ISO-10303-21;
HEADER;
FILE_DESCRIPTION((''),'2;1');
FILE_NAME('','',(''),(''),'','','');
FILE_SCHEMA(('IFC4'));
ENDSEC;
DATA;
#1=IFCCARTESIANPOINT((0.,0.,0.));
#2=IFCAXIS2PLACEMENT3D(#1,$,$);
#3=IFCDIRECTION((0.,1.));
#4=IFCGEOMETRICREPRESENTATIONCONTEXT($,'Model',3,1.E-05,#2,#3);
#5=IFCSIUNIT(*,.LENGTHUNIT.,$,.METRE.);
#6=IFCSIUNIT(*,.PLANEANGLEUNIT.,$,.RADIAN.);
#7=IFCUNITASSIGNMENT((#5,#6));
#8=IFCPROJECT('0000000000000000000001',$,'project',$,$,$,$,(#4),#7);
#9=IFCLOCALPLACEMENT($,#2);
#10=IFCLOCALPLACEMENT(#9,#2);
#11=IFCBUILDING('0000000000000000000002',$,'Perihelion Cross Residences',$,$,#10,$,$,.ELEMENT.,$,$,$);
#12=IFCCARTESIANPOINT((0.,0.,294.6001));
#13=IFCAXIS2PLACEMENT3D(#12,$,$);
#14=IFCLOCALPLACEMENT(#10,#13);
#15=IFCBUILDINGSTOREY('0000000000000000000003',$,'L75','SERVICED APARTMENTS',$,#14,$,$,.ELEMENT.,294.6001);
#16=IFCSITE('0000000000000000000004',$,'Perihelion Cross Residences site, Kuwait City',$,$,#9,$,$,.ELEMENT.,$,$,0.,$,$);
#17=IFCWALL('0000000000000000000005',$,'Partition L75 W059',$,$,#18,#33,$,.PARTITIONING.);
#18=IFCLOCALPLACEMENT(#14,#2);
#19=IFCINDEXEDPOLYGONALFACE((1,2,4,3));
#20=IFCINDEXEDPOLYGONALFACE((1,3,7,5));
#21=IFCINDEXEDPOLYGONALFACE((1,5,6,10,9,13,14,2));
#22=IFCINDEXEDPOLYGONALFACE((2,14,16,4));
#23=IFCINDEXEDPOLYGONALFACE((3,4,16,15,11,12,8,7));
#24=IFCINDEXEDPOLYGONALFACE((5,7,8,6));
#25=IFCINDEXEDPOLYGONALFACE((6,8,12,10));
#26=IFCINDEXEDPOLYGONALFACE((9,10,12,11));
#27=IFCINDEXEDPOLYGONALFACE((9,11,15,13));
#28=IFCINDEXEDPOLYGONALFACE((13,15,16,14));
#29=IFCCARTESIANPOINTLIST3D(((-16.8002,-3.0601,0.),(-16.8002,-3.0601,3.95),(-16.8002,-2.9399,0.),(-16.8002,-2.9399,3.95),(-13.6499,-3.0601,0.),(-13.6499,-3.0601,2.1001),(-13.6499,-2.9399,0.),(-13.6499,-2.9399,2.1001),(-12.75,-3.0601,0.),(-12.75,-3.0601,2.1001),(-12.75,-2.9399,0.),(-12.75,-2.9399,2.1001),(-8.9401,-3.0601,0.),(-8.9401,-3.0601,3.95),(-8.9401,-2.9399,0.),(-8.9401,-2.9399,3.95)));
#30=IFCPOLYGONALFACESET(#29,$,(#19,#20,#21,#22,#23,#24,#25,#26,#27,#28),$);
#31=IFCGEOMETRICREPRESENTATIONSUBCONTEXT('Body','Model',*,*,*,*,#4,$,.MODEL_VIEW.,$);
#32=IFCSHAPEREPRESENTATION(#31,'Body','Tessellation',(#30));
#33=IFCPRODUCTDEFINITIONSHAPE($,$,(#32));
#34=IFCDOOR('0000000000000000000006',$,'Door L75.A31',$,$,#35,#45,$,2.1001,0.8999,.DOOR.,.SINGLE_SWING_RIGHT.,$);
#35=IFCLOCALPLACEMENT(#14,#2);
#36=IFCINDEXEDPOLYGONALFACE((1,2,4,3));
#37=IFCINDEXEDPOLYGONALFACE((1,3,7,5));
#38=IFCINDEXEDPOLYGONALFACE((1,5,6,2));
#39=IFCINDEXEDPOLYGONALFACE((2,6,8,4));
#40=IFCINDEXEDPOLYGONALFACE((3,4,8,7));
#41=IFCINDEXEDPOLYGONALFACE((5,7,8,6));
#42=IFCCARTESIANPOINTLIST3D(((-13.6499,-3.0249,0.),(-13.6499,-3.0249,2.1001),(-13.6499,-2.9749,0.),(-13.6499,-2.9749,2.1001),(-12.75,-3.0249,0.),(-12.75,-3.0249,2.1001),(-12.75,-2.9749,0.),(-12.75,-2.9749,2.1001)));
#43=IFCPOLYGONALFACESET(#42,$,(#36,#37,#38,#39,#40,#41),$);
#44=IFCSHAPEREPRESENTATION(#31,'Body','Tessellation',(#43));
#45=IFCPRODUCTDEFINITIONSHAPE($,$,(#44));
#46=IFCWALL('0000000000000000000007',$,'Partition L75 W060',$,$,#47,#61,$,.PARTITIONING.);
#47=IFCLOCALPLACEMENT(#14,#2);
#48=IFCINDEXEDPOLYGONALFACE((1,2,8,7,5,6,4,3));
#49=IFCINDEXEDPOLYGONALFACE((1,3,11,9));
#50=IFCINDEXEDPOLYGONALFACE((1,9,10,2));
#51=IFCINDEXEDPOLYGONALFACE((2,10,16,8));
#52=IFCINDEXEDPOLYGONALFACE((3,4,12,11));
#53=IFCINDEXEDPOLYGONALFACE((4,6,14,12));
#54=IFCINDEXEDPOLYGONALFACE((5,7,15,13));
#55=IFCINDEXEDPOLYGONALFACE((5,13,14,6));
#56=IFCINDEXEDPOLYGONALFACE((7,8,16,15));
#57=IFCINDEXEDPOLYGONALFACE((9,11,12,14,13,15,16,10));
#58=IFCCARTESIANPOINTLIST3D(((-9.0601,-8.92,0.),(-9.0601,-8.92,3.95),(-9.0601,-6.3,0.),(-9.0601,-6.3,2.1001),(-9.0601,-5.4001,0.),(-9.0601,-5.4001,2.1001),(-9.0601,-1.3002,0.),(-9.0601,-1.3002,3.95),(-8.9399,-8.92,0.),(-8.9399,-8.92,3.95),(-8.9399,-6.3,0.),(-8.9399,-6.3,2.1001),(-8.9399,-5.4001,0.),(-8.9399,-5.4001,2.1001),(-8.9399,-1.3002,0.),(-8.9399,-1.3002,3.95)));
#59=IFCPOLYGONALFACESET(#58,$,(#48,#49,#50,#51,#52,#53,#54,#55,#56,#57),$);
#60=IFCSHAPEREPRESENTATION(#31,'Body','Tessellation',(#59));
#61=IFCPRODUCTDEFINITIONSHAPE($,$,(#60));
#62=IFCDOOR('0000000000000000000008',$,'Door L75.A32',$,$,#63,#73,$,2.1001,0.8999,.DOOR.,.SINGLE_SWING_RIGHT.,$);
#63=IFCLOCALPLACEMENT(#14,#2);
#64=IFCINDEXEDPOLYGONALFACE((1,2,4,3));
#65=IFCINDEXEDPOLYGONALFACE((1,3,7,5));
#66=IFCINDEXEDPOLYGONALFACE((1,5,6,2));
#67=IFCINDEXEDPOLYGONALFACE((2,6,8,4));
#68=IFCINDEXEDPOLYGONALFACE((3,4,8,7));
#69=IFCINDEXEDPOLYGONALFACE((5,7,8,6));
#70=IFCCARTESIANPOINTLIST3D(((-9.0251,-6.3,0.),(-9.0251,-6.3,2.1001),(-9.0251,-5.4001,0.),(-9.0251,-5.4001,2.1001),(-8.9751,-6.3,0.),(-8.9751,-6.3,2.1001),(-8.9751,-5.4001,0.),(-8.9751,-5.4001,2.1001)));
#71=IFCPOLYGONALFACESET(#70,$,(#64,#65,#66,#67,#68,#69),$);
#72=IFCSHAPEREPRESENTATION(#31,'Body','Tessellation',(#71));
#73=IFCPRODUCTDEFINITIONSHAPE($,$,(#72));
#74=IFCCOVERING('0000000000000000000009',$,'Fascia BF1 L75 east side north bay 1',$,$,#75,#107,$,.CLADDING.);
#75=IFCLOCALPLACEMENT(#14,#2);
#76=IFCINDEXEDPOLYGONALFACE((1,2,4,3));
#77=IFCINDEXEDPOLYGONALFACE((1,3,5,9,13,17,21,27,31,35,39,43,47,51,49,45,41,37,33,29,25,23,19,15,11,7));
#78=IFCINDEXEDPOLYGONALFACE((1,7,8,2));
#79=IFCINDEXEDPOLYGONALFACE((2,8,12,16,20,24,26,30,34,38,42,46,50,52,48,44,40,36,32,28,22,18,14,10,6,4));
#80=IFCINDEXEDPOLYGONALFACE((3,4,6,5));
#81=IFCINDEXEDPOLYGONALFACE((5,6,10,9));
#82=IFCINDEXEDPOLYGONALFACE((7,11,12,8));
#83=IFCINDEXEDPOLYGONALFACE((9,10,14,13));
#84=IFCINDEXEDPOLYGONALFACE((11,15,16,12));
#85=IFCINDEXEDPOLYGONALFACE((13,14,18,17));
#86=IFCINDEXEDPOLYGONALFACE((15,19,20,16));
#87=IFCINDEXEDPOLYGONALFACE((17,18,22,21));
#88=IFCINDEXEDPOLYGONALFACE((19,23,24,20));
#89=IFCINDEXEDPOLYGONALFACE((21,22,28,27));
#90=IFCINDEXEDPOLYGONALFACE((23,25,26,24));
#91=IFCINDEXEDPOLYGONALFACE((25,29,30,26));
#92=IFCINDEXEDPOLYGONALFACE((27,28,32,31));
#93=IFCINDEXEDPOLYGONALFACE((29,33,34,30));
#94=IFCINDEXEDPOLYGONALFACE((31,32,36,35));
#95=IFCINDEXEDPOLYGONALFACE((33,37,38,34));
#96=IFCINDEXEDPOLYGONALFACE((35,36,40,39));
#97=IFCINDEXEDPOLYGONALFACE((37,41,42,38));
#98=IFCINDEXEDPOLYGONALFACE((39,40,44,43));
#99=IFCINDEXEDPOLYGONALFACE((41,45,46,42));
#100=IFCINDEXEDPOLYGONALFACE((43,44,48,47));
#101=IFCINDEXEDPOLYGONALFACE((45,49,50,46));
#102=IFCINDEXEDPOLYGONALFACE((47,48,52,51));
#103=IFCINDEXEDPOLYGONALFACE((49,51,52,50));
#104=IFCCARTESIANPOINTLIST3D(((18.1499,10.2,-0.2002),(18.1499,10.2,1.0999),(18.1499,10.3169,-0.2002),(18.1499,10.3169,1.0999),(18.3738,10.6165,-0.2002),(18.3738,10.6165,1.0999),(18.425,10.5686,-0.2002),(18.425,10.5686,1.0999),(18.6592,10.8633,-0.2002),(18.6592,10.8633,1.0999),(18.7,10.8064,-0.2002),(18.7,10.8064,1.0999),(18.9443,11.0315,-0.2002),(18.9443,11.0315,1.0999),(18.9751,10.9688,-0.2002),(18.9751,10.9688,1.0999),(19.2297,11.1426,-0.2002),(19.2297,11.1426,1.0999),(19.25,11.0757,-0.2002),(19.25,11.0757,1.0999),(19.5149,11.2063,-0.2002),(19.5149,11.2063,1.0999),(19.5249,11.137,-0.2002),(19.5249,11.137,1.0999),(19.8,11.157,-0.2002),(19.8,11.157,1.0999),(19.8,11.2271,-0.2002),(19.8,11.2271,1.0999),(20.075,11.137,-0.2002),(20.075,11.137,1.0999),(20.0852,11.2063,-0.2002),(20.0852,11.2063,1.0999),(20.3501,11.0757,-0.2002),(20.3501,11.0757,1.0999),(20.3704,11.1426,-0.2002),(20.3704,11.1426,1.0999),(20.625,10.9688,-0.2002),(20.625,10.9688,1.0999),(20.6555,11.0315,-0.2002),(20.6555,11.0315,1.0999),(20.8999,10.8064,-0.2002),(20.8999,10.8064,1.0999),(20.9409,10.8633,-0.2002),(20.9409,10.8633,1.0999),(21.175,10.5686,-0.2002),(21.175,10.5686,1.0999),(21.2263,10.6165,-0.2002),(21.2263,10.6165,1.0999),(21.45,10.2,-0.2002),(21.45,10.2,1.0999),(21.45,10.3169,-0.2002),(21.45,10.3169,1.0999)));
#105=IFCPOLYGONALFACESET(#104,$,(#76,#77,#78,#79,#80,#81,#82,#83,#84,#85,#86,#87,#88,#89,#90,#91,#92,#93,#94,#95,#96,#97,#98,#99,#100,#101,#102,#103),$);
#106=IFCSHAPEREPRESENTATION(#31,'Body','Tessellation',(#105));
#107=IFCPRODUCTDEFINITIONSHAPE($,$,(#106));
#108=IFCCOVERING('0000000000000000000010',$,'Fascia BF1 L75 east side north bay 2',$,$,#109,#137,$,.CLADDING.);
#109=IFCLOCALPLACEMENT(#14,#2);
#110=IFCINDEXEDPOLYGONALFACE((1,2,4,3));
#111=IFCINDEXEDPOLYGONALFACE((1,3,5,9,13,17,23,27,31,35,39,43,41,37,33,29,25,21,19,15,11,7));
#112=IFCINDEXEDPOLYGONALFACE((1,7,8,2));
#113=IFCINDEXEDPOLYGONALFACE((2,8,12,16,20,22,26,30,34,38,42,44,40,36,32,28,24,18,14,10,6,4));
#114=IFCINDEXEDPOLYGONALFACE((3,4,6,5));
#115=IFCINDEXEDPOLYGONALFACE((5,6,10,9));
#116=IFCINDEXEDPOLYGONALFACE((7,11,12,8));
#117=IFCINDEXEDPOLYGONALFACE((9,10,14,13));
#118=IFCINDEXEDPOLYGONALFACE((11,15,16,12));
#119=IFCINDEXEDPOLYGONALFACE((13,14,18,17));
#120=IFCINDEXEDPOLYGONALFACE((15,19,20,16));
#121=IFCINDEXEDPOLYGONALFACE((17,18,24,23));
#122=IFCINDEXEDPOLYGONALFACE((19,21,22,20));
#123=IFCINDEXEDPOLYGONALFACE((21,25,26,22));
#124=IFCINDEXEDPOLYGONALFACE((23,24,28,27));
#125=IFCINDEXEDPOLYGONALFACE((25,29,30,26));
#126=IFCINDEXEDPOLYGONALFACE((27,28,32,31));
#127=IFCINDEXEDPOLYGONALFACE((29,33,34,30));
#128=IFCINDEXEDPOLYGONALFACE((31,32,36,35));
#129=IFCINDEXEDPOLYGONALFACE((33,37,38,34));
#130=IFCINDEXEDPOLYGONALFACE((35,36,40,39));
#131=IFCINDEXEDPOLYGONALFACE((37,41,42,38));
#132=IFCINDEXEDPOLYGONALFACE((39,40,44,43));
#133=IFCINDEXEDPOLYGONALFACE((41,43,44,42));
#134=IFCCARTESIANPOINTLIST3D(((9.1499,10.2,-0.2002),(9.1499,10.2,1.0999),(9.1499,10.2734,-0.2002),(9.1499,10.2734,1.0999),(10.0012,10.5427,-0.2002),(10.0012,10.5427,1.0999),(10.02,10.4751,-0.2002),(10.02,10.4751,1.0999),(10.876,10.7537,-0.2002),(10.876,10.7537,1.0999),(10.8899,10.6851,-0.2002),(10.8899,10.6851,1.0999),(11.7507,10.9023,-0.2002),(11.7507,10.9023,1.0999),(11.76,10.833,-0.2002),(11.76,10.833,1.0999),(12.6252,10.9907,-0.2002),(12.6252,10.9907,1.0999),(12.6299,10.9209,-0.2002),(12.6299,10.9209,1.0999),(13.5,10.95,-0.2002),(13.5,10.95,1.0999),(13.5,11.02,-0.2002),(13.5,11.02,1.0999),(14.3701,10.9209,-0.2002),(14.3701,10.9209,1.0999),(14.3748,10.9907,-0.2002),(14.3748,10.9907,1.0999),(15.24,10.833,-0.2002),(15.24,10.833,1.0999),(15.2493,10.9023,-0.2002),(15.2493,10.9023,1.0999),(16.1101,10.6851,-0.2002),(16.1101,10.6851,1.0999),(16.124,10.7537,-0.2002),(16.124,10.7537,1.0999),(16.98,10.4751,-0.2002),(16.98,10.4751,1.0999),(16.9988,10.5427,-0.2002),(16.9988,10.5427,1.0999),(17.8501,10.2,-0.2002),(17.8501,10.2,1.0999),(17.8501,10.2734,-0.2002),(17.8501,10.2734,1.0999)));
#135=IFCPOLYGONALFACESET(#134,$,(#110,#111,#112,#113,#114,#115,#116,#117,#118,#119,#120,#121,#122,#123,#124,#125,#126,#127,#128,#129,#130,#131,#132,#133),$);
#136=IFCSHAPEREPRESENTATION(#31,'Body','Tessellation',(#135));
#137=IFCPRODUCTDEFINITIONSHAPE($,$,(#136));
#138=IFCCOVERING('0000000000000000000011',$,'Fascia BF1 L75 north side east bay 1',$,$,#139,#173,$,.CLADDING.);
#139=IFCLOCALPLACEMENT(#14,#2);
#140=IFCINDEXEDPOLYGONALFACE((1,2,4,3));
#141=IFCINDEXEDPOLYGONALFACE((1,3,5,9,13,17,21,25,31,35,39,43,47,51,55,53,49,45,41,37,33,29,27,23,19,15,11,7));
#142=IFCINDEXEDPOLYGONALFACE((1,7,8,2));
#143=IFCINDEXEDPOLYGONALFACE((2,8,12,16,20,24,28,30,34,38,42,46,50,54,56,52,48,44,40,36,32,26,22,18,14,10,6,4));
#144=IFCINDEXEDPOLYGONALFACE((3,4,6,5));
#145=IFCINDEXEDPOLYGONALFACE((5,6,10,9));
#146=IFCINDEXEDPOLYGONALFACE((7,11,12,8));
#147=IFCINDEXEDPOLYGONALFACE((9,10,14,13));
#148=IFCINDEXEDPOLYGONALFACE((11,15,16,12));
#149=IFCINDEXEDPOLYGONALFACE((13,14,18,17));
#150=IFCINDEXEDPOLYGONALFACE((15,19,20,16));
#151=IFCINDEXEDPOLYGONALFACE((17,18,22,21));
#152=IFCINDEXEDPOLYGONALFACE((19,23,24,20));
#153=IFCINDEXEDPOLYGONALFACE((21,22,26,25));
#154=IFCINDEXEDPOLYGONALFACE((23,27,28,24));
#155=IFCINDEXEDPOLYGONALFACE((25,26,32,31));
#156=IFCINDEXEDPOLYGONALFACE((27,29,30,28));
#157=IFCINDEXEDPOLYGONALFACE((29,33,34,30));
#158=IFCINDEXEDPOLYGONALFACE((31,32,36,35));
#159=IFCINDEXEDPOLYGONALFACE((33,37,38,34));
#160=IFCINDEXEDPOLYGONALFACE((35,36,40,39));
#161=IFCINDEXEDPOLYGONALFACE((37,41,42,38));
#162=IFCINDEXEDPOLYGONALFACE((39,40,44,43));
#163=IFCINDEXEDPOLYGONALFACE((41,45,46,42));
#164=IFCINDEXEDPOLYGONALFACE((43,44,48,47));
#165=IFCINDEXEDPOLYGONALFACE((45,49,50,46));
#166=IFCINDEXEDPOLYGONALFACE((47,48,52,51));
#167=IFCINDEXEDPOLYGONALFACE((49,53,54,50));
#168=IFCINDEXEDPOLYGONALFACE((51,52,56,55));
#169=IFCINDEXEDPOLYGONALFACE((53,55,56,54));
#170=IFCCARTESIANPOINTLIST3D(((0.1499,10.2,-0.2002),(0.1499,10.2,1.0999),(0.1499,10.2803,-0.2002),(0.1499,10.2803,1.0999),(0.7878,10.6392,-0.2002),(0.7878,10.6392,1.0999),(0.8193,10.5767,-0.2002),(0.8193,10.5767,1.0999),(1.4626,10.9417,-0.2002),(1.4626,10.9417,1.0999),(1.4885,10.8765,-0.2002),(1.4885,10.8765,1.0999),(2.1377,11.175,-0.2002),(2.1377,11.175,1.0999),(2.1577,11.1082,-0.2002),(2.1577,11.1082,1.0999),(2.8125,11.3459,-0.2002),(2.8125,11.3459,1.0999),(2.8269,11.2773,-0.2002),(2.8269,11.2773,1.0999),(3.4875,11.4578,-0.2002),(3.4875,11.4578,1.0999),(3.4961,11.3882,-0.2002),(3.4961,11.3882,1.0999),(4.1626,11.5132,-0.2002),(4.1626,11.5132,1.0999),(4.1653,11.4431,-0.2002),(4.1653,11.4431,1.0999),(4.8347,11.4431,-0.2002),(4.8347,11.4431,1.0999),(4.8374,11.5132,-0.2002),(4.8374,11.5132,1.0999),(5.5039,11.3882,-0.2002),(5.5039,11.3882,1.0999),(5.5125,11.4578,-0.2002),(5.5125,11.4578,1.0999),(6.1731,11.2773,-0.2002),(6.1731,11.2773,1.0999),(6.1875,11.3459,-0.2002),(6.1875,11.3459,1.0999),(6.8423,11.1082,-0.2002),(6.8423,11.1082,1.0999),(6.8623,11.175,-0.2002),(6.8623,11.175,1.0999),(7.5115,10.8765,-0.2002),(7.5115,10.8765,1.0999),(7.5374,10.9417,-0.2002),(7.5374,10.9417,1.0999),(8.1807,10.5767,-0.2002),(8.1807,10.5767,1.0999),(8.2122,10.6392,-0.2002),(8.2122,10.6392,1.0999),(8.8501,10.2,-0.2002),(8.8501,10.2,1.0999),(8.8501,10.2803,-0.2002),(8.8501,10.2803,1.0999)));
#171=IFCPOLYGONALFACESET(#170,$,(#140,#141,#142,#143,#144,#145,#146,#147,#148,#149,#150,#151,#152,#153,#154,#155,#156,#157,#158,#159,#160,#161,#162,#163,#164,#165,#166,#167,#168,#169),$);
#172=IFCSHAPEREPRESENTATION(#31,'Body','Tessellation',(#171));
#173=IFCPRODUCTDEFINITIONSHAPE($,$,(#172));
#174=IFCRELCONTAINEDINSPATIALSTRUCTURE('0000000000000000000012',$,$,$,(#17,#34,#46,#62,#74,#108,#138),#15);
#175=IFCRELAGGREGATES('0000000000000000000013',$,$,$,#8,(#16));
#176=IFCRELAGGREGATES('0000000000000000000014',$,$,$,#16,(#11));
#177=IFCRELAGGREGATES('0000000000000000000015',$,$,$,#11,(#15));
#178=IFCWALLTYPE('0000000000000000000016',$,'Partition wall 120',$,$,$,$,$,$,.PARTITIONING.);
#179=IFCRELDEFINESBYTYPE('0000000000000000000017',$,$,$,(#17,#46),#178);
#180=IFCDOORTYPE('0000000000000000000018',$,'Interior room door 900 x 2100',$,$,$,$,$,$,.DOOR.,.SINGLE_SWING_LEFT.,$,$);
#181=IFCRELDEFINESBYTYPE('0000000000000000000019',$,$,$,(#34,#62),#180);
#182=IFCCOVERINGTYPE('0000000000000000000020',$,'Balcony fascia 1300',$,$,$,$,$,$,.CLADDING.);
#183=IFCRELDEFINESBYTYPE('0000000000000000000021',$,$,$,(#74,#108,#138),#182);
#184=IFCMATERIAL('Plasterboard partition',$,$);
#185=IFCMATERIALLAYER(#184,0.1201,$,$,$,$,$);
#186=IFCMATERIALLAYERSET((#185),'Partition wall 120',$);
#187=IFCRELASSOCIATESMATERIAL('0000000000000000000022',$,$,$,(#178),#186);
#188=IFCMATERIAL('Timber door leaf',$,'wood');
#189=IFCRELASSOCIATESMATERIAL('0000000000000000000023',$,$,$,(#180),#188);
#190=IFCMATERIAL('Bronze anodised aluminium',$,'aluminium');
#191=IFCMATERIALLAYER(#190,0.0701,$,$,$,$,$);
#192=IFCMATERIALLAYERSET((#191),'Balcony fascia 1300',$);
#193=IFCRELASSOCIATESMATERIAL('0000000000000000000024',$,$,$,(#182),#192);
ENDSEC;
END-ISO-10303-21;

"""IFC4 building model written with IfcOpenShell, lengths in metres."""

from ifc_helpers import new_model, si_unit, direction, frame, frame_2d, origin, place, context, subcontext, project, spatial, polyline, rectangle, outline, extrude, material, layer, layer_set, type_object, element, fill, save


model = new_model("IFC4")

# Units and contexts
model_context = context("Model", 3, precision=1e-05, world=origin(), true_north=direction((0.0, 1.0)))
body_context = subcontext(model_context, "Body", "Model", "MODEL_VIEW")
ifc_project = project(units=[si_unit("LENGTHUNIT", "METRE"), si_unit("PLANEANGLEUNIT", "RADIAN")], contexts=[model_context])

# Site, building, storey
site_placement = place(None, origin())
site = spatial("IfcSite", under=ifc_project, at=site_placement, Name="Perihelion Cross Residences site, Kuwait City", CompositionType="ELEMENT", RefElevation=0.0)
building_placement = place(site_placement, origin())
building = spatial("IfcBuilding", under=site, at=building_placement, Name="Perihelion Cross Residences", CompositionType="ELEMENT")
storey_placement = place(building_placement, frame((0.0, 0.0, 294.6001)))
storey = spatial("IfcBuildingStorey", under=building, at=storey_placement, Name="L75", Description="SERVICED APARTMENTS", CompositionType="ELEMENT", Elevation=294.6001)

# Shared definitions
ifc_material_1 = material(Name="Plasterboard partition")
ifc_layer_1 = layer(ifc_material_1, 0.1201)
ifc_layer_set_1 = layer_set([ifc_layer_1], Name="Partition wall 120")
wall_type_1 = type_object("IfcWallType", Name="Partition wall 120", PredefinedType="PARTITIONING", material=ifc_layer_set_1)

# Walls, openings, doors
wall_1_placement = place(storey_placement, frame((-8.9399, -3.0, 0.0), z_axis=(0.0, 0.0, 1.0), x_axis=(-1.0, 0.0, 0.0)))
wall_1 = element("IfcWall", 1, at=wall_1_placement, inside=storey, type_object=wall_type_1, Name="Partition L75 W059", PredefinedType="PARTITIONING", context=body_context, shape_type="SweptSolid", body=[
    extrude(rectangle(XDim=7.8601, YDim=0.1201, at=frame_2d((3.9302, 0.0))), origin(), (0.0, 0.0, 1.0), 3.95),
])
opening_1_placement = place(wall_1_placement, frame((3.8101, 0.0, 0.0)))
opening_1 = element("IfcOpeningElement", 2, at=opening_1_placement, cuts=wall_1, PredefinedType="OPENING", context=body_context, shape_type="SweptSolid", body=[
    extrude(rectangle(XDim=0.8999, YDim=2.1001, at=frame_2d((0.45, 1.05))), frame((0.0, 0.0701, 0.0), z_axis=(0.0, -1.0, 0.0), x_axis=(1.0, 0.0, 0.0)), (0.0, 0.0, 1.0), 0.1401),
])
ifc_material_2 = material(Name="Timber door leaf", Category="wood")
door_type_1 = type_object("IfcDoorType", Name="Interior room door 900 x 2100", OperationType="SINGLE_SWING_LEFT", PredefinedType="DOOR", material=ifc_material_2)
door_1_placement = place(opening_1_placement, origin())
door_1 = element("IfcDoor", 3, at=door_1_placement, inside=storey, type_object=door_type_1, Name="Door L75.A31", OperationType="SINGLE_SWING_RIGHT", OverallHeight=2.1001, OverallWidth=0.8999, PredefinedType="DOOR", context=body_context, shape_type="SweptSolid", body=[
    extrude(rectangle(XDim=0.8999, YDim=2.1001, at=frame_2d((0.45, 1.05))), frame((0.0, 0.0249, 0.0), z_axis=(0.0, -1.0, 0.0), x_axis=(1.0, 0.0, 0.0)), (0.0, 0.0, 1.0), 0.05),
])
fill(opening_1, door_1)
wall_2_placement = place(storey_placement, frame((-9.0, -1.3, 0.0), z_axis=(0.0, 0.0, 1.0), x_axis=(0.0, -1.0, 0.0)))
wall_2 = element("IfcWall", 4, at=wall_2_placement, inside=storey, type_object=wall_type_1, Name="Partition L75 W060", PredefinedType="PARTITIONING", context=body_context, shape_type="SweptSolid", body=[
    extrude(rectangle(XDim=7.6199, YDim=0.1201, at=frame_2d((3.8101, 0.0))), origin(), (0.0, 0.0, 1.0), 3.95),
])
opening_2_placement = place(wall_2_placement, frame((4.1001, 0.0, 0.0)))
opening_2 = element("IfcOpeningElement", 5, at=opening_2_placement, cuts=wall_2, PredefinedType="OPENING", context=body_context, shape_type="SweptSolid", body=[
    extrude(rectangle(XDim=0.8999, YDim=2.1001, at=frame_2d((0.45, 1.05))), frame((0.0, 0.0701, 0.0), z_axis=(0.0, -1.0, 0.0), x_axis=(1.0, 0.0, 0.0)), (0.0, 0.0, 1.0), 0.1401),
])
door_2_placement = place(opening_2_placement, origin())
door_2 = element("IfcDoor", 6, at=door_2_placement, inside=storey, type_object=door_type_1, Name="Door L75.A32", OperationType="SINGLE_SWING_RIGHT", OverallHeight=2.1001, OverallWidth=0.8999, PredefinedType="DOOR", context=body_context, shape_type="SweptSolid", body=[
    extrude(rectangle(XDim=0.8999, YDim=2.1001, at=frame_2d((0.45, 1.05))), frame((0.0, 0.0249, 0.0), z_axis=(0.0, -1.0, 0.0), x_axis=(1.0, 0.0, 0.0)), (0.0, 0.0, 1.0), 0.05),
])
fill(opening_2, door_2)

# Coverings
ifc_material_3 = material(Name="Bronze anodised aluminium", Category="aluminium")
ifc_layer_2 = layer(ifc_material_3, 0.0701)
ifc_layer_set_2 = layer_set([ifc_layer_2], Name="Balcony fascia 1300")
covering_type = type_object("IfcCoveringType", Name="Balcony fascia 1300", PredefinedType="CLADDING", material=ifc_layer_set_2)
covering_1_placement = place(storey_placement, frame((0.0, 0.0, -0.2002)))
element("IfcCovering", 7, at=covering_1_placement, inside=storey, type_object=covering_type, Name="Fascia BF1 L75 east side north bay 1", PredefinedType="CLADDING", context=body_context, shape_type="SweptSolid", body=[
    extrude(outline(polyline([(21.2263, 10.6165), (20.9409, 10.8633), (20.6555, 11.0315), (20.3704, 11.1426), (20.0852, 11.2063), (19.8, 11.2271), (19.5149, 11.2063), (19.2297, 11.1426), (18.9443, 11.0315), (18.6592, 10.8633), (18.3738, 10.6165), (18.1499, 10.3169), (18.1499, 10.2), (18.425, 10.5686), (18.7, 10.8064), (18.9751, 10.9688), (19.25, 11.0757), (19.5249, 11.137), (19.8, 11.157), (20.075, 11.137), (20.3501, 11.0757), (20.625, 10.9688), (20.8999, 10.8064), (21.175, 10.5686), (21.45, 10.2), (21.45, 10.3169), (21.2263, 10.6165)])), origin(), (0.0, 0.0, 1.0), 1.3),
])
covering_2_placement = place(storey_placement, frame((0.0, 0.0, -0.2002)))
element("IfcCovering", 8, at=covering_2_placement, inside=storey, type_object=covering_type, Name="Fascia BF1 L75 east side north bay 2", PredefinedType="CLADDING", context=body_context, shape_type="SweptSolid", body=[
    extrude(outline(polyline([(16.9988, 10.5427), (16.124, 10.7537), (15.2493, 10.9023), (14.3748, 10.9907), (13.5, 11.02), (12.6252, 10.9907), (11.7507, 10.9023), (10.876, 10.7537), (10.0012, 10.5427), (9.1499, 10.2734), (9.1499, 10.2), (10.02, 10.4751), (10.8899, 10.6851), (11.76, 10.833), (12.6299, 10.9209), (13.5, 10.95), (14.3701, 10.9209), (15.24, 10.833), (16.1101, 10.6851), (16.98, 10.4751), (17.8501, 10.2), (17.8501, 10.2734), (16.9988, 10.5427)])), origin(), (0.0, 0.0, 1.0), 1.3),
])
covering_3_placement = place(storey_placement, frame((0.0, 0.0, -0.2002)))
element("IfcCovering", 9, at=covering_3_placement, inside=storey, type_object=covering_type, Name="Fascia BF1 L75 north side east bay 1", PredefinedType="CLADDING", context=body_context, shape_type="SweptSolid", body=[
    extrude(outline(polyline([(8.2122, 10.6392), (7.5374, 10.9417), (6.8623, 11.175), (6.1875, 11.3459), (5.5125, 11.4578), (4.8374, 11.5132), (4.1626, 11.5132), (3.4875, 11.4578), (2.8125, 11.3459), (2.1377, 11.175), (1.4626, 10.9417), (0.7878, 10.6392), (0.1499, 10.2803), (0.1499, 10.2), (0.8193, 10.5767), (1.4885, 10.8765), (2.1577, 11.1082), (2.8269, 11.2773), (3.4961, 11.3882), (4.1653, 11.4431), (4.8347, 11.4431), (5.5039, 11.3882), (6.1731, 11.2773), (6.8423, 11.1082), (7.5115, 10.8765), (8.1807, 10.5767), (8.8501, 10.2), (8.8501, 10.2803), (8.2122, 10.6392)])), origin(), (0.0, 0.0, 1.0), 1.3),
])

save(model, "model.ifc")
